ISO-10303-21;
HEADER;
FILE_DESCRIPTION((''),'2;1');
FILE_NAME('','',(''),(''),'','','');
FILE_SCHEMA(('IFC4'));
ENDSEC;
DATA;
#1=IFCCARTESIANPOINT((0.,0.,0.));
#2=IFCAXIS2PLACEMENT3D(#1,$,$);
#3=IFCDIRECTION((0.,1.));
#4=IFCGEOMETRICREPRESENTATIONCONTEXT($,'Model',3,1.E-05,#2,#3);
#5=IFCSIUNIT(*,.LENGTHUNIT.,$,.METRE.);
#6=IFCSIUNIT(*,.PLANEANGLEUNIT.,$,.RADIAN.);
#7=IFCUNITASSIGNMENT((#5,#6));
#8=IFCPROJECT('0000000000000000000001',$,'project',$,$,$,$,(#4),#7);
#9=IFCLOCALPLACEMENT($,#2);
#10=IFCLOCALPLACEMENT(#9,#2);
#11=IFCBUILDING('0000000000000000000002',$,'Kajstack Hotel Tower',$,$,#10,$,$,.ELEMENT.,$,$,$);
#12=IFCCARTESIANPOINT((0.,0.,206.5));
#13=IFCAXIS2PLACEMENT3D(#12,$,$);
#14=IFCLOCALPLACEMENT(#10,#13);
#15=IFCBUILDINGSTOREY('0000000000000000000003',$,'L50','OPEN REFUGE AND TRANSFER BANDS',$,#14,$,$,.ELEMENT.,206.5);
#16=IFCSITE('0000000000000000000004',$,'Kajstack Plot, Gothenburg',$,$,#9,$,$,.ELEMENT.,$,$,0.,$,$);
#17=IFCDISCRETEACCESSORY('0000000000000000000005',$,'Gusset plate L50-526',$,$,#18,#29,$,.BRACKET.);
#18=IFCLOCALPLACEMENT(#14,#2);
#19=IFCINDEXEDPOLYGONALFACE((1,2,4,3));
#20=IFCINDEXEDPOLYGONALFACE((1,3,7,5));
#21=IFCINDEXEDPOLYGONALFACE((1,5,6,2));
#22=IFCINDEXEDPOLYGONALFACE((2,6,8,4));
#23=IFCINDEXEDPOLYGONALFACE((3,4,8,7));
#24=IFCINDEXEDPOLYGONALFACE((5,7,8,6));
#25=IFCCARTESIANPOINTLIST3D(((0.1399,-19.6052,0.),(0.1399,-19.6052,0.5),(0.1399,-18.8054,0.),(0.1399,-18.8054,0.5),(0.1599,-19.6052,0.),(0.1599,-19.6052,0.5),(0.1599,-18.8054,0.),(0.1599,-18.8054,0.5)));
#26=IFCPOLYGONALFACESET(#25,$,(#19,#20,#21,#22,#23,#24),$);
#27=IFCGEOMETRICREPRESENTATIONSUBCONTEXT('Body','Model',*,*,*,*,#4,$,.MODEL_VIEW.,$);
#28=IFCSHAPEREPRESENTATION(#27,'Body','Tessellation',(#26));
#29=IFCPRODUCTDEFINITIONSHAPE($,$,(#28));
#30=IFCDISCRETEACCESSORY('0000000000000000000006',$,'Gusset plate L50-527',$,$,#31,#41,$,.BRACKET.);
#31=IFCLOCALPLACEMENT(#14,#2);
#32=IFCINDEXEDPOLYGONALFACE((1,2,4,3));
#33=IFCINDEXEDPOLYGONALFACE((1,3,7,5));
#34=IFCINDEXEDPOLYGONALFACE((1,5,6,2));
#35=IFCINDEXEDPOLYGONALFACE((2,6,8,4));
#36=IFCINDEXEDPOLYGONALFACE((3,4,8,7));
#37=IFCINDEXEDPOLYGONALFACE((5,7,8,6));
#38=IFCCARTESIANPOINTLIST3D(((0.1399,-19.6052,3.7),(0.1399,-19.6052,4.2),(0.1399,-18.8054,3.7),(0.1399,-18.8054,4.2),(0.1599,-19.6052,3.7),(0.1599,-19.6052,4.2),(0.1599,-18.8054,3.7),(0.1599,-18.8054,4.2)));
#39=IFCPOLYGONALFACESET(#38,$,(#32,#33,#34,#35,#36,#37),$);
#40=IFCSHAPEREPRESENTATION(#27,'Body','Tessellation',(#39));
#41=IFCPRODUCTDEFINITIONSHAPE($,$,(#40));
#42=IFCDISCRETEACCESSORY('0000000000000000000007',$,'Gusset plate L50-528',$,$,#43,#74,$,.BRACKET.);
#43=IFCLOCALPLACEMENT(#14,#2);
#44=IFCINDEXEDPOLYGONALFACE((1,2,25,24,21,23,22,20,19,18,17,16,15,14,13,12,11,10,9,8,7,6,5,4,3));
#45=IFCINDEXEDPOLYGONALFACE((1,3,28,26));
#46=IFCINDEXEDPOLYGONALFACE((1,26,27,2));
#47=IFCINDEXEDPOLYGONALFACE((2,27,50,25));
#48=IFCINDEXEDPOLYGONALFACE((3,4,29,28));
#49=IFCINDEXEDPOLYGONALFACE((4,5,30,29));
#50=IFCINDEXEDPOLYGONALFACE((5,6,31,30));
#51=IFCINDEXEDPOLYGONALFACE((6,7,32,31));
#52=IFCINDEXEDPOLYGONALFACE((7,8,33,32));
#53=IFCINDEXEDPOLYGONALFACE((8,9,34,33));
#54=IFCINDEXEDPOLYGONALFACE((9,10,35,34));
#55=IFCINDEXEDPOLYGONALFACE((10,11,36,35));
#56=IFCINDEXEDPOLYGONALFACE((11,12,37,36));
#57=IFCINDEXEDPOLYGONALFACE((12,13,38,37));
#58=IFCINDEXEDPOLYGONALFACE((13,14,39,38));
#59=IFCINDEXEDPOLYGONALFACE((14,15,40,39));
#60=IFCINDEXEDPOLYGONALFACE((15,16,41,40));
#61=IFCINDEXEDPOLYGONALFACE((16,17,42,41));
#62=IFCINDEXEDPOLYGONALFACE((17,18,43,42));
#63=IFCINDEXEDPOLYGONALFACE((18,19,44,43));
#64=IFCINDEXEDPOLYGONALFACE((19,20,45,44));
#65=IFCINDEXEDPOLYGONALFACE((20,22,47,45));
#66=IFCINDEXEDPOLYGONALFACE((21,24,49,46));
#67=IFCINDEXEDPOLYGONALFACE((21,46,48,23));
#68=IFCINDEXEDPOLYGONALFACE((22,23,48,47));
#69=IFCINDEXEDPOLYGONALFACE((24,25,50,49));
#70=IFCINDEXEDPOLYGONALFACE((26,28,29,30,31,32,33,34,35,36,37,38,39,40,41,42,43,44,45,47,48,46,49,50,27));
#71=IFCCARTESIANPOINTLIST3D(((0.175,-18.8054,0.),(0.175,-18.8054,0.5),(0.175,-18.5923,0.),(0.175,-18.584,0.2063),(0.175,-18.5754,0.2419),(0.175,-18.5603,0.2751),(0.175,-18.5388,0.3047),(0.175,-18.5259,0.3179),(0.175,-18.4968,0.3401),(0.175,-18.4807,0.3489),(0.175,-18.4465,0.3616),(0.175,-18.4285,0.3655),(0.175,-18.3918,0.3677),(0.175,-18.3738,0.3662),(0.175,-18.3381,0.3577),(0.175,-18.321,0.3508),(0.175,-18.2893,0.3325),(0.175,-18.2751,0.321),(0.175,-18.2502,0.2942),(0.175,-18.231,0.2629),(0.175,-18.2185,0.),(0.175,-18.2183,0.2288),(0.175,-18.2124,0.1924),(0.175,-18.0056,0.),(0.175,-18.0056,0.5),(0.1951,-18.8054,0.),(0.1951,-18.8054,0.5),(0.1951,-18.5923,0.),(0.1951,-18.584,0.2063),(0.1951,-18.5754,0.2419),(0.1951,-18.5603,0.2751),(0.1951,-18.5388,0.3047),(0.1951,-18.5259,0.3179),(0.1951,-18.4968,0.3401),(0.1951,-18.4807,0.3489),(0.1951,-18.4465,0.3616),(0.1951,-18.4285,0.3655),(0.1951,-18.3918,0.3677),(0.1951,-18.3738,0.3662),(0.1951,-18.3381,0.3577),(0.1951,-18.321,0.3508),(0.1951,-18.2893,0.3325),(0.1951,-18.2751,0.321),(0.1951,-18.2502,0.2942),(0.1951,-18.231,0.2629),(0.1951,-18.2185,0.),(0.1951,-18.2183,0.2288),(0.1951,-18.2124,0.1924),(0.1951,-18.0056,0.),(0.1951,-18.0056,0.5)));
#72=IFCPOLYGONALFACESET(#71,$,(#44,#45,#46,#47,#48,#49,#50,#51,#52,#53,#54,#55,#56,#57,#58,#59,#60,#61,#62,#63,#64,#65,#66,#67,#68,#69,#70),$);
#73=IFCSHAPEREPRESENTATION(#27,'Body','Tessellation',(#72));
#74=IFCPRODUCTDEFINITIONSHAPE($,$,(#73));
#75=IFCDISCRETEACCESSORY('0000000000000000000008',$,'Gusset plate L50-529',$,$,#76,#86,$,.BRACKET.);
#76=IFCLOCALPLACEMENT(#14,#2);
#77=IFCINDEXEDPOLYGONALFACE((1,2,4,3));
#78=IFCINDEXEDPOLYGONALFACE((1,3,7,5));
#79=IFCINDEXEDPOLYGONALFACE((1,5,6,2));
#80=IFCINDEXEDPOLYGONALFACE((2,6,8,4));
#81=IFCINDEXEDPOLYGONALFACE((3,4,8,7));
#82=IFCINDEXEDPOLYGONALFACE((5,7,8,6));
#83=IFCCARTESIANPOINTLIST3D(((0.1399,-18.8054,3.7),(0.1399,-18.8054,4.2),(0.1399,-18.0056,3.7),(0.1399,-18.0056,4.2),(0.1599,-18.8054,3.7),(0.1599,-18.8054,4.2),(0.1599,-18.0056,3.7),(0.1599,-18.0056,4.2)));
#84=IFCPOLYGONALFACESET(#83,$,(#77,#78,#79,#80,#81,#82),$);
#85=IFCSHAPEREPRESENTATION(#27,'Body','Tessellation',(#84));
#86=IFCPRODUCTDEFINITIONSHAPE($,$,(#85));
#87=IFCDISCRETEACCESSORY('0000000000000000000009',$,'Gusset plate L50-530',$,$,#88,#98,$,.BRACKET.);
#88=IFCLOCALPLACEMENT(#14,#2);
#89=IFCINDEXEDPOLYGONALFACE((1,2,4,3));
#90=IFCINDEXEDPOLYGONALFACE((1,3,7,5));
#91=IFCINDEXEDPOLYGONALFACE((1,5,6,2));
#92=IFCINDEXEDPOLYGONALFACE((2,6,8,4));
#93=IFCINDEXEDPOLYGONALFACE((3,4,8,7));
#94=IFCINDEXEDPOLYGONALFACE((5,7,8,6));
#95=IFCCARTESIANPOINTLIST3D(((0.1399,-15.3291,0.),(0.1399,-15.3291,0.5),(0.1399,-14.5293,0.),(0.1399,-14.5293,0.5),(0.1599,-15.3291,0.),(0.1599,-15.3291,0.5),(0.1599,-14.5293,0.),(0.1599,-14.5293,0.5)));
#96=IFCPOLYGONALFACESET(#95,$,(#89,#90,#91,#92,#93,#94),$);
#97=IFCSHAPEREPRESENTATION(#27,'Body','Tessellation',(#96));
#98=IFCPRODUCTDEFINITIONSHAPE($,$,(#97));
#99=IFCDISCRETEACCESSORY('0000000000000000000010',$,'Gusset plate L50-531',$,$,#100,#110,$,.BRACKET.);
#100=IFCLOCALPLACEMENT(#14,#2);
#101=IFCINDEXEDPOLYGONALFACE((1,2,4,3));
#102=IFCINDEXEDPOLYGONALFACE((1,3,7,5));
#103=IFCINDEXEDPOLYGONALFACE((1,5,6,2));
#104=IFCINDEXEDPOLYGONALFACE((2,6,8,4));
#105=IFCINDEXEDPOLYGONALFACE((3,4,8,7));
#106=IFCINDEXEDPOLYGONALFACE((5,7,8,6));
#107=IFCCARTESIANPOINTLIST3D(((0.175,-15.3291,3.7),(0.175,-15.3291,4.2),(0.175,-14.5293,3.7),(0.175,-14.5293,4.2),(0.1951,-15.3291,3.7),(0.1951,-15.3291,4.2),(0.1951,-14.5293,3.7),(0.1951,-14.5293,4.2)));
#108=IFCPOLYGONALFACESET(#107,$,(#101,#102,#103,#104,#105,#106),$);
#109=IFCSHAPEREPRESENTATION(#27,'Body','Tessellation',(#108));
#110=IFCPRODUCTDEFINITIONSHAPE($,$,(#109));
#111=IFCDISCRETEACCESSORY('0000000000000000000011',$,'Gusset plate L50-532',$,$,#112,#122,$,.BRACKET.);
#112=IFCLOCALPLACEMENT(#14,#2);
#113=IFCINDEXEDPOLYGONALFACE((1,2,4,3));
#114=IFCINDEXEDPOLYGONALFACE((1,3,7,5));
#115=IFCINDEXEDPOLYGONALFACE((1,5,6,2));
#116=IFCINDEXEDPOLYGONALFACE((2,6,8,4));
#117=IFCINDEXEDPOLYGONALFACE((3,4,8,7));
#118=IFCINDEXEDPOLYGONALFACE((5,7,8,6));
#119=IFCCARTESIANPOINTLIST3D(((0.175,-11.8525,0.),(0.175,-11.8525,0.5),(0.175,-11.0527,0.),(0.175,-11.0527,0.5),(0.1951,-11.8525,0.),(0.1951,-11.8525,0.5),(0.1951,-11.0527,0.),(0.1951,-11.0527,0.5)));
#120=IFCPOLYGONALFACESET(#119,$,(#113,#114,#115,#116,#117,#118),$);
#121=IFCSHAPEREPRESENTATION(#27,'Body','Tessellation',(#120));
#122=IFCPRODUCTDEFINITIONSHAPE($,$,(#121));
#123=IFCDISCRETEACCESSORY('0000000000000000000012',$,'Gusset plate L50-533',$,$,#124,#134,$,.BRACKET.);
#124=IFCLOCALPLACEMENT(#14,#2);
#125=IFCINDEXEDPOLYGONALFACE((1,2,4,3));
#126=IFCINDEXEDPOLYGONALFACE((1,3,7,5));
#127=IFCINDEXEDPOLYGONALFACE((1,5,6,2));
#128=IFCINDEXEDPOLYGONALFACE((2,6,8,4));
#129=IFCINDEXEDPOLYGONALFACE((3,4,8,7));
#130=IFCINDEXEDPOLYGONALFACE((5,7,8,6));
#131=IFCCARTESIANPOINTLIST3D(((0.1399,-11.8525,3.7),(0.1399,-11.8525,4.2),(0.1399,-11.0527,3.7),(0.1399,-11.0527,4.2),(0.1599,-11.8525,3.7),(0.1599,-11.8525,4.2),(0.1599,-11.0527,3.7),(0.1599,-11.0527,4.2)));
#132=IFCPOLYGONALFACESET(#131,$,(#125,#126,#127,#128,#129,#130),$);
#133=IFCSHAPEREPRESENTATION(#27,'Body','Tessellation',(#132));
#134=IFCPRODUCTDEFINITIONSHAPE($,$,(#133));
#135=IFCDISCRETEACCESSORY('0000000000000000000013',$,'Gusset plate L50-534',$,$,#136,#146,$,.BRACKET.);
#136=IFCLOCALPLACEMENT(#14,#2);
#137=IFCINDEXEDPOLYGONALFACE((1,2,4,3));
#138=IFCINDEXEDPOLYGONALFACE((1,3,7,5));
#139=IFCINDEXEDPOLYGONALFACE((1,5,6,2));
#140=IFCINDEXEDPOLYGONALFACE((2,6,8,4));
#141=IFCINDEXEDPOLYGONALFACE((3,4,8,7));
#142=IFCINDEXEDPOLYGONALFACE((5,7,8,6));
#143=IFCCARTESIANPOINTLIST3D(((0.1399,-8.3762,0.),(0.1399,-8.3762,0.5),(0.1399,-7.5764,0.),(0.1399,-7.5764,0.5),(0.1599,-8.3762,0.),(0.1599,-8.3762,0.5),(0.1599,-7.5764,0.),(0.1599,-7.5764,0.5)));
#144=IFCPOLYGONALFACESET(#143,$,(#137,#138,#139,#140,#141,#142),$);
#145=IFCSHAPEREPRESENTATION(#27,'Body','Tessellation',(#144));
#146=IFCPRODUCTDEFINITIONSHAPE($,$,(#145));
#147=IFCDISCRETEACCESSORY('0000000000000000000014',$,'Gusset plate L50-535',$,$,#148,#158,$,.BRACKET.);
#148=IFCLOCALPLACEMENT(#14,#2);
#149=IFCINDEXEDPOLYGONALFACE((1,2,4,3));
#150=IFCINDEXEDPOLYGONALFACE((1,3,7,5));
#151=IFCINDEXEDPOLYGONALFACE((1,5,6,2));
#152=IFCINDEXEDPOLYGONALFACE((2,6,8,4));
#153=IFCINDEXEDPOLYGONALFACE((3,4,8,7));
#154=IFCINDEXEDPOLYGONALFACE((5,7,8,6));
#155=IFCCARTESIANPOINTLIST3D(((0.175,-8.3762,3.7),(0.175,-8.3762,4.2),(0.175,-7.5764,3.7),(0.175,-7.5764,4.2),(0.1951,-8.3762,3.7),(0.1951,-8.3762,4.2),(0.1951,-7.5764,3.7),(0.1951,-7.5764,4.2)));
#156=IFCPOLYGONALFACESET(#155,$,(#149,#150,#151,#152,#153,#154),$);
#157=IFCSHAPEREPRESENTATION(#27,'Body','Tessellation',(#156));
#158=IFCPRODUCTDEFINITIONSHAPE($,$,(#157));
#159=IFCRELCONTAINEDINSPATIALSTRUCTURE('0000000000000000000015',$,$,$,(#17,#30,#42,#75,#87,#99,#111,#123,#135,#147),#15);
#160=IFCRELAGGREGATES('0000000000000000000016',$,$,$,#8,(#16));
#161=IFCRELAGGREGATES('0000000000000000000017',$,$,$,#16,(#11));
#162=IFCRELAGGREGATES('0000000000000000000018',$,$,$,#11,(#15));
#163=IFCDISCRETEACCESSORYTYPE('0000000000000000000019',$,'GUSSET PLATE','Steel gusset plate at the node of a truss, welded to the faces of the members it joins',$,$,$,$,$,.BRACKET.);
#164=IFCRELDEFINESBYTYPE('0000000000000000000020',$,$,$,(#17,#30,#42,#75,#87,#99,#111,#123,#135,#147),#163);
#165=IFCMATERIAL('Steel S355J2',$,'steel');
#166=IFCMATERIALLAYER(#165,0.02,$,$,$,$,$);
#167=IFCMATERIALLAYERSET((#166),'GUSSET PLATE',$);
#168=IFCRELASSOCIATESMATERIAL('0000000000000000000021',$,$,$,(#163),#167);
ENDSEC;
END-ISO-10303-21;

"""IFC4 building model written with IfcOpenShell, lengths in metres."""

from ifc_helpers import new_model, si_unit, direction, frame, origin, place, context, subcontext, project, spatial, polyline, outline, extrude, material, layer, layer_set, type_object, element, save


model = new_model("IFC4")

# Units and contexts
model_context = context("Model", 3, precision=1e-05, world=origin(), true_north=direction((0.0, 1.0)))
body_context = subcontext(model_context, "Body", "Model", "MODEL_VIEW")
ifc_project = project(units=[si_unit("LENGTHUNIT", "METRE"), si_unit("PLANEANGLEUNIT", "RADIAN")], contexts=[model_context])

# Site, building, storey
site_placement = place(None, origin())
site = spatial("IfcSite", under=ifc_project, at=site_placement, Name="Kajstack Plot, Gothenburg", CompositionType="ELEMENT", RefElevation=0.0)
building_placement = place(site_placement, origin())
building = spatial("IfcBuilding", under=site, at=building_placement, Name="Kajstack Hotel Tower", CompositionType="ELEMENT")
storey_placement = place(building_placement, frame((0.0, 0.0, 206.5)))
storey = spatial("IfcBuildingStorey", under=building, at=storey_placement, Name="L50", Description="OPEN REFUGE AND TRANSFER BANDS", CompositionType="ELEMENT", Elevation=206.5)

# Shared definitions
ifc_material = material(Name="Steel S355J2", Category="steel")

# Discrete accessories
ifc_layer = layer(ifc_material, 0.02)
ifc_layer_set = layer_set([ifc_layer], Name="GUSSET PLATE")
discrete_accessory_type = type_object("IfcDiscreteAccessoryType", Name="GUSSET PLATE", Description="Steel gusset plate at the node of a truss, welded to the faces of the members it joins", PredefinedType="BRACKET", material=ifc_layer_set)
for number, where, z_axis, x_axis, name in (
    (1, (0.1399, -19.2053, 0.0), (1.0, 0.0, 0.0), (0.0, 1.0, 0.0), "Gusset plate L50-526"),
    (2, (0.1399, -19.2053, 3.7), (1.0, 0.0, 0.0), (0.0, 1.0, 0.0), "Gusset plate L50-527"),
):
    element("IfcDiscreteAccessory", number, at=place(storey_placement, frame(where, z_axis=z_axis, x_axis=x_axis)), inside=storey, type_object=discrete_accessory_type, Name=name, PredefinedType="BRACKET", context=body_context, shape_type="SweptSolid", body=[
        extrude(outline(polyline([(-0.3999, 0.0), (0.3999, 0.0), (0.3999, 0.5), (-0.3999, 0.5), (-0.3999, 0.0)])), origin(), (0.0, 0.0, 1.0), 0.02),
    ])
discrete_accessory_placement = place(storey_placement, frame((0.175, -18.4055, 0.0), z_axis=(1.0, 0.0, 0.0), x_axis=(0.0, 1.0, 0.0)))
element("IfcDiscreteAccessory", 3, at=discrete_accessory_placement, inside=storey, type_object=discrete_accessory_type, Name="Gusset plate L50-528", PredefinedType="BRACKET", context=body_context, shape_type="SweptSolid", body=[
    extrude(outline(polyline([(-0.3999, 0.0), (-0.1868, 0.0), (-0.1785, 0.2063), (-0.1699, 0.2419), (-0.1548, 0.2751), (-0.1333, 0.3047), (-0.1204, 0.3179), (-0.0913, 0.3401), (-0.0752, 0.3489), (-0.041, 0.3616), (-0.0229, 0.3655), (0.0137, 0.3677), (0.0317, 0.3662), (0.0674, 0.3577), (0.0845, 0.3508), (0.1162, 0.3325), (0.1304, 0.321), (0.1553, 0.2942), (0.1746, 0.2629), (0.1873, 0.2288), (0.1931, 0.1924), (0.187, 0.0), (0.3999, 0.0), (0.3999, 0.5), (-0.3999, 0.5), (-0.3999, 0.0)])), origin(), (0.0, 0.0, 1.0), 0.02),
])
for number, where, z_axis, x_axis, name in (
    (4, (0.1399, -18.4055, 3.7), (1.0, 0.0, 0.0), (0.0, 1.0, 0.0), "Gusset plate L50-529"),
    (5, (0.1399, -14.9292, 0.0), (1.0, 0.0, 0.0), (0.0, 1.0, 0.0), "Gusset plate L50-530"),
    (6, (0.175, -14.9292, 3.7), (1.0, 0.0, 0.0), (0.0, 1.0, 0.0), "Gusset plate L50-531"),
    (7, (0.175, -11.4526, 0.0), (1.0, 0.0, 0.0), (0.0, 1.0, 0.0), "Gusset plate L50-532"),
    (8, (0.1399, -11.4526, 3.7), (1.0, 0.0, 0.0), (0.0, 1.0, 0.0), "Gusset plate L50-533"),
    (9, (0.1399, -7.9763, 0.0), (1.0, 0.0, 0.0), (0.0, 1.0, 0.0), "Gusset plate L50-534"),
    (10, (0.175, -7.9763, 3.7), (1.0, 0.0, 0.0), (0.0, 1.0, 0.0), "Gusset plate L50-535"),
):
    element("IfcDiscreteAccessory", number, at=place(storey_placement, frame(where, z_axis=z_axis, x_axis=x_axis)), inside=storey, type_object=discrete_accessory_type, Name=name, PredefinedType="BRACKET", context=body_context, shape_type="SweptSolid", body=[
        extrude(outline(polyline([(-0.3999, 0.0), (0.3999, 0.0), (0.3999, 0.5), (-0.3999, 0.5), (-0.3999, 0.0)])), origin(), (0.0, 0.0, 1.0), 0.02),
    ])

save(model, "model.ifc")
